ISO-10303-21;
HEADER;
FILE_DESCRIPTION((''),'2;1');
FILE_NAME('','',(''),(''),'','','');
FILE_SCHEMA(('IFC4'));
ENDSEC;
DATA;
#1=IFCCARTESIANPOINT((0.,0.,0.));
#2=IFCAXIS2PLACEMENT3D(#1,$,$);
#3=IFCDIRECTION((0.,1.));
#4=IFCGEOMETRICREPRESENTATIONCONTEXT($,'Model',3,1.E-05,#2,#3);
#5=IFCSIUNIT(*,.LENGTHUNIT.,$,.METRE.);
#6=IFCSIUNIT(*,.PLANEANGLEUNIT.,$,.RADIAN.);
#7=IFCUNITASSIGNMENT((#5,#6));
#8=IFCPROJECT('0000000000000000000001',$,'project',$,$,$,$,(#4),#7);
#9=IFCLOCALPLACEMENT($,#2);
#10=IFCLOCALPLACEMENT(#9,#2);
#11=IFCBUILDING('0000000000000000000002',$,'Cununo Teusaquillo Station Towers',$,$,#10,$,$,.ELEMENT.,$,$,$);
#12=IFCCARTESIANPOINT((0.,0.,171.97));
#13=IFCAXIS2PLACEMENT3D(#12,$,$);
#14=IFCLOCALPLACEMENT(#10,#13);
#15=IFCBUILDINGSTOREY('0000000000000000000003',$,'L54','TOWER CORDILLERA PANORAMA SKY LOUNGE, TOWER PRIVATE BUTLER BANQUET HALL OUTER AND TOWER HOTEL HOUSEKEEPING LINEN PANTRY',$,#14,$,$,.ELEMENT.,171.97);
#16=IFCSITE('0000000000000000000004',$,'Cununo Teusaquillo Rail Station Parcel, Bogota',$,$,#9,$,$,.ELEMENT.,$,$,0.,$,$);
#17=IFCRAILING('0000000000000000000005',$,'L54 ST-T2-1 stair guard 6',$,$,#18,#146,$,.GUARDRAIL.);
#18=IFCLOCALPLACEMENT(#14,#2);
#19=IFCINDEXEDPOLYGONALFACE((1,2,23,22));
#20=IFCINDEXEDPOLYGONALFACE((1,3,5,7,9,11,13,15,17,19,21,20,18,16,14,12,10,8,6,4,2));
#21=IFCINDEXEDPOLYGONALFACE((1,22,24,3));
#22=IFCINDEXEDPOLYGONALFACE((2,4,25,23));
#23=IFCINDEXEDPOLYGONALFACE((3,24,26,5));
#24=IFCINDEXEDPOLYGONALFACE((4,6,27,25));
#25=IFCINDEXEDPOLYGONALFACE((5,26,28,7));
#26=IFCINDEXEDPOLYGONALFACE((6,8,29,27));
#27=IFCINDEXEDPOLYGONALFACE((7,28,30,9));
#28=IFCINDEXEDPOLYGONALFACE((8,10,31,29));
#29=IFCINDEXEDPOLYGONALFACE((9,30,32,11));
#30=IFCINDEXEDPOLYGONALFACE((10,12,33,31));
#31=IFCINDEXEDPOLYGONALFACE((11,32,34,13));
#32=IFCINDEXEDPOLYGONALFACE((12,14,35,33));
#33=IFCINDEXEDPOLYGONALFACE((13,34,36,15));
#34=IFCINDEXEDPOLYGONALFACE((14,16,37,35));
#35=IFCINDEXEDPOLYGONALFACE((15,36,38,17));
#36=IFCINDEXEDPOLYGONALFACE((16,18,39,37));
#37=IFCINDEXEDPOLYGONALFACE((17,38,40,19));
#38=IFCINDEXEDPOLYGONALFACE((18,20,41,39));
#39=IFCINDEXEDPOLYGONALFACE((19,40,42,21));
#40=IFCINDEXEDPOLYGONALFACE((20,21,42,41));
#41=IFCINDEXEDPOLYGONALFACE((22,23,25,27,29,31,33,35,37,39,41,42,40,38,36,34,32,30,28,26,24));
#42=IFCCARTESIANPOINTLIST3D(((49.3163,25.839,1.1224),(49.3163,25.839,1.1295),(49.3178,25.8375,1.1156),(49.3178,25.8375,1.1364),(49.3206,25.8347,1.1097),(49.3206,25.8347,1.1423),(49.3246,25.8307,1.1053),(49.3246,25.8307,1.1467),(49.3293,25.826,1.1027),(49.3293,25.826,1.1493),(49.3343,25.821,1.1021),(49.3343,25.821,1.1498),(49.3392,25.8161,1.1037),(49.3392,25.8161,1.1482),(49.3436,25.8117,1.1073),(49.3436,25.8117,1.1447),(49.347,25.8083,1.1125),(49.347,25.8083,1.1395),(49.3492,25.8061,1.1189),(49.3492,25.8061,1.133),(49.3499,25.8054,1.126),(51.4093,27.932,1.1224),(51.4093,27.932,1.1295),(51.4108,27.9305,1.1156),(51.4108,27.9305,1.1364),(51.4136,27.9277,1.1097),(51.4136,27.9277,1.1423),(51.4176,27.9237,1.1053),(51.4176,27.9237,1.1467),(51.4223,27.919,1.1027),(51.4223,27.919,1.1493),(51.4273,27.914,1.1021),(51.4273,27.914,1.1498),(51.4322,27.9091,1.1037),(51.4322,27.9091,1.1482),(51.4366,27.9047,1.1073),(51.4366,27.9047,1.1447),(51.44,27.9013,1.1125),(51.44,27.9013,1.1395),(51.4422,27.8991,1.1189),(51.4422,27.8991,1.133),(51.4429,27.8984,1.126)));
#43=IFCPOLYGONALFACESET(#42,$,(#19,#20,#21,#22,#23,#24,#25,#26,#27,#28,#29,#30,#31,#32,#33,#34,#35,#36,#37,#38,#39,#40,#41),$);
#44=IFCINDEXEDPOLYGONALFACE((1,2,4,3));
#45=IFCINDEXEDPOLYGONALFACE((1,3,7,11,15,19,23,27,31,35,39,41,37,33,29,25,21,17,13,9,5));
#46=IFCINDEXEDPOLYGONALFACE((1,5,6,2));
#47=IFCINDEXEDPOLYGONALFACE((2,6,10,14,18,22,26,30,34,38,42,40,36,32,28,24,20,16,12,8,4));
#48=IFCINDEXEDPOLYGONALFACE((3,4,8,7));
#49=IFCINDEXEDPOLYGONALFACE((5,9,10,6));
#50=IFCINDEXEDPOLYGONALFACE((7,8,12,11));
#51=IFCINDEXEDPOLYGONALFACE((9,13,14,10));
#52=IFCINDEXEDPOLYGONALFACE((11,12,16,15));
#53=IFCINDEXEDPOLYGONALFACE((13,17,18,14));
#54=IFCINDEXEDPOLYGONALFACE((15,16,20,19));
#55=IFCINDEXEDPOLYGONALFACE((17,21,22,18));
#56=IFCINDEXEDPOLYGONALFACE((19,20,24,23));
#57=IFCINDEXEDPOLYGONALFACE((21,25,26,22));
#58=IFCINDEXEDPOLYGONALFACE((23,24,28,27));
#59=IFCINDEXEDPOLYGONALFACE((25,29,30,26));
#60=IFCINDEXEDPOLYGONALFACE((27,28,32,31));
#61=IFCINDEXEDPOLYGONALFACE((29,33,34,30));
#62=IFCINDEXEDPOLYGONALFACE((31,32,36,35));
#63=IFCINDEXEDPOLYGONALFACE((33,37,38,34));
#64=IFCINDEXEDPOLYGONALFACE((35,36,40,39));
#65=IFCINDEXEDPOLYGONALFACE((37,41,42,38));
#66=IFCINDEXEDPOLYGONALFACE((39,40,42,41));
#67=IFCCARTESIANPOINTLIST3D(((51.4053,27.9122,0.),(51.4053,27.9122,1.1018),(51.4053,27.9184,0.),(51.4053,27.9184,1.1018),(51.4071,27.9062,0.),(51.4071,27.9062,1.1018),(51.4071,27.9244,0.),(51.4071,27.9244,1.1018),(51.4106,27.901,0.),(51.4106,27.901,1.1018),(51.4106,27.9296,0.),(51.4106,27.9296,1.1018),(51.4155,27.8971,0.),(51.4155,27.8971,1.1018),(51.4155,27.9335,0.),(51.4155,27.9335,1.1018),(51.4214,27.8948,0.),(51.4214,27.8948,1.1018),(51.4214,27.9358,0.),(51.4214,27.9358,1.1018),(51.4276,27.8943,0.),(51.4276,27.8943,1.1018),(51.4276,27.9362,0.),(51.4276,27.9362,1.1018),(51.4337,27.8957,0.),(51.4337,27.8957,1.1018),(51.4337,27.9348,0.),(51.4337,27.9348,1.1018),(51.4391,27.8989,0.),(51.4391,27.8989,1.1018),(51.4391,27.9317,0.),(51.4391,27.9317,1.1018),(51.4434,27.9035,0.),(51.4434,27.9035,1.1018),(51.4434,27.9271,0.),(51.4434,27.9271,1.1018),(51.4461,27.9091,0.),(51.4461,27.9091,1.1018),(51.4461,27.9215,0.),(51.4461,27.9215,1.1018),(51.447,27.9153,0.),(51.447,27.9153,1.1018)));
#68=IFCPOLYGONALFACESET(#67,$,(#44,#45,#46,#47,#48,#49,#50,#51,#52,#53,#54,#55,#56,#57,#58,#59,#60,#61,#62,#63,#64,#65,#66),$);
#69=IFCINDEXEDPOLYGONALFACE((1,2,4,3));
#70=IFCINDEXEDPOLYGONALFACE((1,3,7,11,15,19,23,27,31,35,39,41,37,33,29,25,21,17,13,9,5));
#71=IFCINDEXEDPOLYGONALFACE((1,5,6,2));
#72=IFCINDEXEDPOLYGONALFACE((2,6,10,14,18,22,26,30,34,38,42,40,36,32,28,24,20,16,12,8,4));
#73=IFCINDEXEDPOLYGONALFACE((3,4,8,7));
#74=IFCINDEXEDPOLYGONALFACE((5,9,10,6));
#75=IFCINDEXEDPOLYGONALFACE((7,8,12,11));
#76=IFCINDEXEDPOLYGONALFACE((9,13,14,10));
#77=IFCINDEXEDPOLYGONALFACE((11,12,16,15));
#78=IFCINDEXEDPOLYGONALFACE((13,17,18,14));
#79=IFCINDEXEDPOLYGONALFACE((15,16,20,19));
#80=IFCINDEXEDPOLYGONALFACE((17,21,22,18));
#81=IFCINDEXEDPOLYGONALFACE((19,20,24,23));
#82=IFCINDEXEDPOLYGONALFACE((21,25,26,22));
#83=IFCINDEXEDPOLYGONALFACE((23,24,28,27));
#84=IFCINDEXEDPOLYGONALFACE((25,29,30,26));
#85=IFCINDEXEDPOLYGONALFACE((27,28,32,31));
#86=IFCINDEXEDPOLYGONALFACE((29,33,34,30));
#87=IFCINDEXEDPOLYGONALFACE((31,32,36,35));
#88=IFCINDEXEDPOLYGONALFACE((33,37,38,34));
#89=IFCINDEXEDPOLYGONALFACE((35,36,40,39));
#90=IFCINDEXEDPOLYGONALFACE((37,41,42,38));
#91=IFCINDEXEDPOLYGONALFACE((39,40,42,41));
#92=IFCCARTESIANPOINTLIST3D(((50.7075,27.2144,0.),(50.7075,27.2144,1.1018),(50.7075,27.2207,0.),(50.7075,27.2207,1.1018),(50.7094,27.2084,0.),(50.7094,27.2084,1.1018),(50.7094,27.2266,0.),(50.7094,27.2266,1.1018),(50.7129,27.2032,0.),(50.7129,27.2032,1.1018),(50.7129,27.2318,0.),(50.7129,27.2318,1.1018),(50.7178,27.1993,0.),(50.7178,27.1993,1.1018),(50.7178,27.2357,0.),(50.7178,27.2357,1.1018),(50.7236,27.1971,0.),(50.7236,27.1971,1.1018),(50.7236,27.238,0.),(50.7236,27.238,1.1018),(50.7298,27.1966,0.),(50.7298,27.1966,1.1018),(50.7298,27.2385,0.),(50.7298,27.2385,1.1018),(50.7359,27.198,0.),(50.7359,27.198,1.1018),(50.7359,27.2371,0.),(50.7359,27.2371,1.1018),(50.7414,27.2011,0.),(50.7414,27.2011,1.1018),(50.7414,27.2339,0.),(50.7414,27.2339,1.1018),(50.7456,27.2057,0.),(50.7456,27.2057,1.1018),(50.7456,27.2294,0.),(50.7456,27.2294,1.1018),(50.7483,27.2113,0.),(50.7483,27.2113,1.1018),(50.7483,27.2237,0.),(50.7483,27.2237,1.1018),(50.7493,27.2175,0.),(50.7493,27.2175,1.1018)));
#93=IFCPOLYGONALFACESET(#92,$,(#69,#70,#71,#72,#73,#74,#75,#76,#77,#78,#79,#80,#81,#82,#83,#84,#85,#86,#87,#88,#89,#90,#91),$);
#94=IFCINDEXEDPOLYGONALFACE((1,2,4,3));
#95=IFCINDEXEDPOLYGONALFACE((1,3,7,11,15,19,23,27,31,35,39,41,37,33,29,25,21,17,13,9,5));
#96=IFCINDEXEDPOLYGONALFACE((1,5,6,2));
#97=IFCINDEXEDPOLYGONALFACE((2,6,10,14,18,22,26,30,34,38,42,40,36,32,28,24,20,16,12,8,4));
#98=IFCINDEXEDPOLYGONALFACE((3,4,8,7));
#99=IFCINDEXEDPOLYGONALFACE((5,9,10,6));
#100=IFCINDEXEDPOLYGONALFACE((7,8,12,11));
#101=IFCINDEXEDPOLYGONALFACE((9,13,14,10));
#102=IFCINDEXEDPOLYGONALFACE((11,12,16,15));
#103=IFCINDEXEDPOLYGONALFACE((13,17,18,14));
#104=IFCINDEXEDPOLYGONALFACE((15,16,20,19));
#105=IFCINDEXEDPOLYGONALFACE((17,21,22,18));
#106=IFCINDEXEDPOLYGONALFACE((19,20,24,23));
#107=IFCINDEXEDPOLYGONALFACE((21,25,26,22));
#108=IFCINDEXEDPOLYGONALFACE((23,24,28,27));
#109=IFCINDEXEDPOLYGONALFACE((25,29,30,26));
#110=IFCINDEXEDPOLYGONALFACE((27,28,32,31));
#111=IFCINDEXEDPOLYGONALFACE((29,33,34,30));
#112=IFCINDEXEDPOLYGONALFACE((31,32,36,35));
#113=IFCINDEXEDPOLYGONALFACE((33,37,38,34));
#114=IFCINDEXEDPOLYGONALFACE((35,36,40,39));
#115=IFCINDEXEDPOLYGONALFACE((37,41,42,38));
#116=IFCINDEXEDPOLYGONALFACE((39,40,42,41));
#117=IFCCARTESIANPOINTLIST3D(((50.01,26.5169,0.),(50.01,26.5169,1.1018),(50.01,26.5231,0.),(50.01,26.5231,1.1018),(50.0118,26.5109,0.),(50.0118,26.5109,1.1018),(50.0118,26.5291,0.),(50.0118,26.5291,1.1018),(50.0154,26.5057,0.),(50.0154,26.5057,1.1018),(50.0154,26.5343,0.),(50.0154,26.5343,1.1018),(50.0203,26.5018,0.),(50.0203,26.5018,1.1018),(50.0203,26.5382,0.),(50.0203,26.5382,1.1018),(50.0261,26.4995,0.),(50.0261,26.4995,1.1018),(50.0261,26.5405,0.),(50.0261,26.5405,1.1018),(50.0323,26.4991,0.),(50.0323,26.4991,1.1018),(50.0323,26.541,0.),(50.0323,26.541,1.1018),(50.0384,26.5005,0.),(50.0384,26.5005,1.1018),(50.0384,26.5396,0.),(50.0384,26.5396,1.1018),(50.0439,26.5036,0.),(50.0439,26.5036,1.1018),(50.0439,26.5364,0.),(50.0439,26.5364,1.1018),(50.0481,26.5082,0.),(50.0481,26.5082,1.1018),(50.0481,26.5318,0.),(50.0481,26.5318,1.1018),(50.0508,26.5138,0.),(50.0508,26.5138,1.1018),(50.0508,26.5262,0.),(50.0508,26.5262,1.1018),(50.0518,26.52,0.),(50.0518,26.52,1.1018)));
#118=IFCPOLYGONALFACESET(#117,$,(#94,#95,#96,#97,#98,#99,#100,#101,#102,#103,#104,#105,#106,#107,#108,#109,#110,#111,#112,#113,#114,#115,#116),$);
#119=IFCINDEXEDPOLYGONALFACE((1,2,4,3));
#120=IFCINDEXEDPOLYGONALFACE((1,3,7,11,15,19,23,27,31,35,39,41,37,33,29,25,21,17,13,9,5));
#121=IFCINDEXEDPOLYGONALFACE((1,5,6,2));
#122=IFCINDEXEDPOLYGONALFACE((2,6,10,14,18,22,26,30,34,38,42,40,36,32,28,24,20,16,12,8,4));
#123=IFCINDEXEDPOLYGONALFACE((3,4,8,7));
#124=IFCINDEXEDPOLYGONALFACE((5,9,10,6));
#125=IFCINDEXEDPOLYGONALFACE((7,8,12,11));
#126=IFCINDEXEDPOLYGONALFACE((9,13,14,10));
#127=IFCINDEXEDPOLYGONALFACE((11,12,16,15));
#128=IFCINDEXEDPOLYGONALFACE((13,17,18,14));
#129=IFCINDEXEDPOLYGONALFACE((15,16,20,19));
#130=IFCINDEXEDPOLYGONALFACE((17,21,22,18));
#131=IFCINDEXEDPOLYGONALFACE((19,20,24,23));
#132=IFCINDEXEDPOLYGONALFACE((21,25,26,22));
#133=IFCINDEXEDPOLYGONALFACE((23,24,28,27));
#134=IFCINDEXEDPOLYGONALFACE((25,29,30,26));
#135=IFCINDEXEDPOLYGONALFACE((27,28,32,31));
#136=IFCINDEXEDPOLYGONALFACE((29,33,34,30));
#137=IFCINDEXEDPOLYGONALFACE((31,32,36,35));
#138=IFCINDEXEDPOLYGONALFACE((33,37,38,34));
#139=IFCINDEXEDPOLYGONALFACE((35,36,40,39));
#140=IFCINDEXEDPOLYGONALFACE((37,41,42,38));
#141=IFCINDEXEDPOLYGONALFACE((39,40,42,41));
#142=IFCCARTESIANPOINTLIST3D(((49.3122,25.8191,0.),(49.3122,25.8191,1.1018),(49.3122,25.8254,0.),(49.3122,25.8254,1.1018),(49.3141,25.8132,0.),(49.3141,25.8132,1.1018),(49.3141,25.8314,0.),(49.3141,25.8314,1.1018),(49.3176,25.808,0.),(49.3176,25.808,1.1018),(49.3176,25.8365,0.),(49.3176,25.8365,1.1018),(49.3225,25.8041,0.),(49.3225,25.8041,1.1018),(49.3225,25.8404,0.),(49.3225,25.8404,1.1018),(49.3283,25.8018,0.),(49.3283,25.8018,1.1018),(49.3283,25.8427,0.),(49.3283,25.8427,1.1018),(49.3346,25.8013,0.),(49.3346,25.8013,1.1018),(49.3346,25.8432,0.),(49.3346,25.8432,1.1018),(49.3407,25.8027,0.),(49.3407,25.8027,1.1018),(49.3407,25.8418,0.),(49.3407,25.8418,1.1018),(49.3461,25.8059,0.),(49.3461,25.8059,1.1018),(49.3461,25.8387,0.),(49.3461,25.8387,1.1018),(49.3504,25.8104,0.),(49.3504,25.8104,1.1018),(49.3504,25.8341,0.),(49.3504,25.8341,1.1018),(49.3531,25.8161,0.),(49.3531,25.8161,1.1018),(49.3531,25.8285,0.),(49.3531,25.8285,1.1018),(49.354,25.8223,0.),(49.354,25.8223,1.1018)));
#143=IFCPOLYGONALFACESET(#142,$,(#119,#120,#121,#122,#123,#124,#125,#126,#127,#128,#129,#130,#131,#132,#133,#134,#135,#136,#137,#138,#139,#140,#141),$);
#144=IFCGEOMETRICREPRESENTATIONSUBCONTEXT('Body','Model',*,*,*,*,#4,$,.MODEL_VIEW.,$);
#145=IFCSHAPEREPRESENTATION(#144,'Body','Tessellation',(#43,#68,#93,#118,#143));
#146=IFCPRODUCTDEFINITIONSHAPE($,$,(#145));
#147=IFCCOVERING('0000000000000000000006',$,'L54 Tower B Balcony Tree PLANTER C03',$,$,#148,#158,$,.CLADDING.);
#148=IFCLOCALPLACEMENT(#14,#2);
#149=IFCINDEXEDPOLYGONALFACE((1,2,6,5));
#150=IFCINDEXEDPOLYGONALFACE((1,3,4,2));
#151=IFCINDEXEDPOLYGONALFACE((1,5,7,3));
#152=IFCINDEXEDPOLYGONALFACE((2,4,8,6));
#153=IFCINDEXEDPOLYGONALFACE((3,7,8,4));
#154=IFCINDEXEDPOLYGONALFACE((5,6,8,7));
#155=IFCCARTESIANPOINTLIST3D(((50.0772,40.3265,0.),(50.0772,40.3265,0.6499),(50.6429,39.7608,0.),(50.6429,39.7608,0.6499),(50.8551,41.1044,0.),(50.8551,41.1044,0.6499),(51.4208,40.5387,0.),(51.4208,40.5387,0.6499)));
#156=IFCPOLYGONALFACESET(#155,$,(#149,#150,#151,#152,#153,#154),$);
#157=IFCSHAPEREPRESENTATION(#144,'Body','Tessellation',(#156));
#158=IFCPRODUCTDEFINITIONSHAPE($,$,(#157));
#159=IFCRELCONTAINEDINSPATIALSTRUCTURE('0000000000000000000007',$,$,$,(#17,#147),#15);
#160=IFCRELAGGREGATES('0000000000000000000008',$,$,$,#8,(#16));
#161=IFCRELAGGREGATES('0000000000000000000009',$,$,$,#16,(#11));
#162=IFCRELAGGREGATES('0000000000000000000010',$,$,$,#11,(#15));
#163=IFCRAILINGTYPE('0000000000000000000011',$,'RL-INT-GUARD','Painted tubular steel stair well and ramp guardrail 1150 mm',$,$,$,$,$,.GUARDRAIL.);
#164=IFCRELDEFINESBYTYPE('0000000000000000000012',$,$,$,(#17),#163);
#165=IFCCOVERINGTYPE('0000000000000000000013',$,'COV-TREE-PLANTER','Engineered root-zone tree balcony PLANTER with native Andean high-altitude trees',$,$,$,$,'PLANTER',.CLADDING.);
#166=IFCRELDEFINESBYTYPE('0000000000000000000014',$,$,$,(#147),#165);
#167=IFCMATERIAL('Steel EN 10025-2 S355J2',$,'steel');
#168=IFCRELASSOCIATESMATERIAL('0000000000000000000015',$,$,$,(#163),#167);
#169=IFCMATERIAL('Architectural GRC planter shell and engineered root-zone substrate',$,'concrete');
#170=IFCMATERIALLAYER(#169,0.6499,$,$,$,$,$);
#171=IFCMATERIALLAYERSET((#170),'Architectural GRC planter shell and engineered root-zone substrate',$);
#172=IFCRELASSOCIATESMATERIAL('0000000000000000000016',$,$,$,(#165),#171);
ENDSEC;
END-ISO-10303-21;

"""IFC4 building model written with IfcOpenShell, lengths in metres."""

from ifc_helpers import new_model, si_unit, direction, frame, origin, origin_2d, place, context, subcontext, project, spatial, rectangle, circle, extrude, source, transform, mapped, material, layer, layer_set, type_object, element, save


model = new_model("IFC4")

# Units and contexts
model_context = context("Model", 3, precision=1e-05, world=origin(), true_north=direction((0.0, 1.0)))
body_context = subcontext(model_context, "Body", "Model", "MODEL_VIEW")
ifc_project = project(units=[si_unit("LENGTHUNIT", "METRE"), si_unit("PLANEANGLEUNIT", "RADIAN")], contexts=[model_context])

# Site, building, storey
site_placement = place(None, origin())
site = spatial("IfcSite", under=ifc_project, at=site_placement, Name="Cununo Teusaquillo Rail Station Parcel, Bogota", CompositionType="ELEMENT", RefElevation=0.0)
building_placement = place(site_placement, origin())
building = spatial("IfcBuilding", under=site, at=building_placement, Name="Cununo Teusaquillo Station Towers", CompositionType="ELEMENT")
storey_placement = place(building_placement, frame((0.0, 0.0, 171.97)))
storey = spatial("IfcBuildingStorey", under=building, at=storey_placement, Name="L54", Description="TOWER CORDILLERA PANORAMA SKY LOUNGE, TOWER PRIVATE BUTLER BANQUET HALL OUTER AND TOWER HOTEL HOUSEKEEPING LINEN PANTRY", CompositionType="ELEMENT", Elevation=171.97)

# Railing
ifc_material_1 = material(Name="Steel EN 10025-2 S355J2", Category="steel")
railing_type = type_object("IfcRailingType", Name="RL-INT-GUARD", Description="Painted tubular steel stair well and ramp guardrail 1150 mm", PredefinedType="GUARDRAIL", material=ifc_material_1)
railing_1_placement = place(storey_placement, frame((51.426, 27.9153, 0.0)))
element("IfcRailing", 1, at=railing_1_placement, inside=storey, type_object=railing_type, Name="L54 ST-T2-1 stair guard 6", PredefinedType="GUARDRAIL", context=body_context, shape_type="SweptSolid", body=[
    extrude(circle(Radius=0.0239, at=origin_2d()), frame((0.0, 0.0, 1.126), z_axis=(-0.707107, -0.707107, 0.0), x_axis=(0.707107, -0.707107, 0.0)), (0.0, 0.0, 1.0), 2.96),
    extrude(circle(Radius=0.021, at=origin_2d()), origin(), (0.0, 0.0, 1.0), 1.1018),
    extrude(circle(Radius=0.021, at=origin_2d()), frame((-0.6978, -0.6978, 0.0)), (0.0, 0.0, 1.0), 1.1018),
    extrude(circle(Radius=0.021, at=origin_2d()), frame((-1.3953, -1.3953, 0.0)), (0.0, 0.0, 1.0), 1.1018),
    extrude(circle(Radius=0.021, at=origin_2d()), frame((-2.093, -2.093, 0.0)), (0.0, 0.0, 1.0), 1.1018),
])

# Covering
ifc_material_2 = material(Name="Architectural GRC planter shell and engineered root-zone substrate", Category="concrete")
ifc_layer_1 = layer(ifc_material_2, 0.6499)
ifc_layer_set_1 = layer_set([ifc_layer_1], Name="Architectural GRC planter shell and engineered root-zone substrate")
covering_type = type_object("IfcCoveringType", Name="COV-TREE-PLANTER", Description="Engineered root-zone tree balcony PLANTER with native Andean high-altitude trees", ElementType="PLANTER", PredefinedType="CLADDING", material=ifc_layer_set_1)
shared_shape_1 = source(origin(), body_context, "Body", "SweptSolid", [
    extrude(rectangle(XDim=1.1001, YDim=0.8, at=origin_2d()), origin(), (0.0, 0.0, 1.0), 0.6499),
])
covering_placement = place(storey_placement, frame((50.749, 40.4326, 0.0), z_axis=(0.0, 0.0, 1.0), x_axis=(0.707107, 0.707107, 0.0)))
element("IfcCovering", 2, at=covering_placement, inside=storey, type_object=covering_type, Name="L54 Tower B Balcony Tree PLANTER C03", PredefinedType="CLADDING", context=body_context, shape_type="MappedRepresentation", body=[
    mapped(shared_shape_1, transform((0.0, 0.0, 0.0), x_axis=(1.0, 0.0, 0.0), y_axis=(0.0, 1.0, 0.0), z_axis=(0.0, 0.0, 1.0), scale=1.0)),
])

save(model, "model.ifc")
